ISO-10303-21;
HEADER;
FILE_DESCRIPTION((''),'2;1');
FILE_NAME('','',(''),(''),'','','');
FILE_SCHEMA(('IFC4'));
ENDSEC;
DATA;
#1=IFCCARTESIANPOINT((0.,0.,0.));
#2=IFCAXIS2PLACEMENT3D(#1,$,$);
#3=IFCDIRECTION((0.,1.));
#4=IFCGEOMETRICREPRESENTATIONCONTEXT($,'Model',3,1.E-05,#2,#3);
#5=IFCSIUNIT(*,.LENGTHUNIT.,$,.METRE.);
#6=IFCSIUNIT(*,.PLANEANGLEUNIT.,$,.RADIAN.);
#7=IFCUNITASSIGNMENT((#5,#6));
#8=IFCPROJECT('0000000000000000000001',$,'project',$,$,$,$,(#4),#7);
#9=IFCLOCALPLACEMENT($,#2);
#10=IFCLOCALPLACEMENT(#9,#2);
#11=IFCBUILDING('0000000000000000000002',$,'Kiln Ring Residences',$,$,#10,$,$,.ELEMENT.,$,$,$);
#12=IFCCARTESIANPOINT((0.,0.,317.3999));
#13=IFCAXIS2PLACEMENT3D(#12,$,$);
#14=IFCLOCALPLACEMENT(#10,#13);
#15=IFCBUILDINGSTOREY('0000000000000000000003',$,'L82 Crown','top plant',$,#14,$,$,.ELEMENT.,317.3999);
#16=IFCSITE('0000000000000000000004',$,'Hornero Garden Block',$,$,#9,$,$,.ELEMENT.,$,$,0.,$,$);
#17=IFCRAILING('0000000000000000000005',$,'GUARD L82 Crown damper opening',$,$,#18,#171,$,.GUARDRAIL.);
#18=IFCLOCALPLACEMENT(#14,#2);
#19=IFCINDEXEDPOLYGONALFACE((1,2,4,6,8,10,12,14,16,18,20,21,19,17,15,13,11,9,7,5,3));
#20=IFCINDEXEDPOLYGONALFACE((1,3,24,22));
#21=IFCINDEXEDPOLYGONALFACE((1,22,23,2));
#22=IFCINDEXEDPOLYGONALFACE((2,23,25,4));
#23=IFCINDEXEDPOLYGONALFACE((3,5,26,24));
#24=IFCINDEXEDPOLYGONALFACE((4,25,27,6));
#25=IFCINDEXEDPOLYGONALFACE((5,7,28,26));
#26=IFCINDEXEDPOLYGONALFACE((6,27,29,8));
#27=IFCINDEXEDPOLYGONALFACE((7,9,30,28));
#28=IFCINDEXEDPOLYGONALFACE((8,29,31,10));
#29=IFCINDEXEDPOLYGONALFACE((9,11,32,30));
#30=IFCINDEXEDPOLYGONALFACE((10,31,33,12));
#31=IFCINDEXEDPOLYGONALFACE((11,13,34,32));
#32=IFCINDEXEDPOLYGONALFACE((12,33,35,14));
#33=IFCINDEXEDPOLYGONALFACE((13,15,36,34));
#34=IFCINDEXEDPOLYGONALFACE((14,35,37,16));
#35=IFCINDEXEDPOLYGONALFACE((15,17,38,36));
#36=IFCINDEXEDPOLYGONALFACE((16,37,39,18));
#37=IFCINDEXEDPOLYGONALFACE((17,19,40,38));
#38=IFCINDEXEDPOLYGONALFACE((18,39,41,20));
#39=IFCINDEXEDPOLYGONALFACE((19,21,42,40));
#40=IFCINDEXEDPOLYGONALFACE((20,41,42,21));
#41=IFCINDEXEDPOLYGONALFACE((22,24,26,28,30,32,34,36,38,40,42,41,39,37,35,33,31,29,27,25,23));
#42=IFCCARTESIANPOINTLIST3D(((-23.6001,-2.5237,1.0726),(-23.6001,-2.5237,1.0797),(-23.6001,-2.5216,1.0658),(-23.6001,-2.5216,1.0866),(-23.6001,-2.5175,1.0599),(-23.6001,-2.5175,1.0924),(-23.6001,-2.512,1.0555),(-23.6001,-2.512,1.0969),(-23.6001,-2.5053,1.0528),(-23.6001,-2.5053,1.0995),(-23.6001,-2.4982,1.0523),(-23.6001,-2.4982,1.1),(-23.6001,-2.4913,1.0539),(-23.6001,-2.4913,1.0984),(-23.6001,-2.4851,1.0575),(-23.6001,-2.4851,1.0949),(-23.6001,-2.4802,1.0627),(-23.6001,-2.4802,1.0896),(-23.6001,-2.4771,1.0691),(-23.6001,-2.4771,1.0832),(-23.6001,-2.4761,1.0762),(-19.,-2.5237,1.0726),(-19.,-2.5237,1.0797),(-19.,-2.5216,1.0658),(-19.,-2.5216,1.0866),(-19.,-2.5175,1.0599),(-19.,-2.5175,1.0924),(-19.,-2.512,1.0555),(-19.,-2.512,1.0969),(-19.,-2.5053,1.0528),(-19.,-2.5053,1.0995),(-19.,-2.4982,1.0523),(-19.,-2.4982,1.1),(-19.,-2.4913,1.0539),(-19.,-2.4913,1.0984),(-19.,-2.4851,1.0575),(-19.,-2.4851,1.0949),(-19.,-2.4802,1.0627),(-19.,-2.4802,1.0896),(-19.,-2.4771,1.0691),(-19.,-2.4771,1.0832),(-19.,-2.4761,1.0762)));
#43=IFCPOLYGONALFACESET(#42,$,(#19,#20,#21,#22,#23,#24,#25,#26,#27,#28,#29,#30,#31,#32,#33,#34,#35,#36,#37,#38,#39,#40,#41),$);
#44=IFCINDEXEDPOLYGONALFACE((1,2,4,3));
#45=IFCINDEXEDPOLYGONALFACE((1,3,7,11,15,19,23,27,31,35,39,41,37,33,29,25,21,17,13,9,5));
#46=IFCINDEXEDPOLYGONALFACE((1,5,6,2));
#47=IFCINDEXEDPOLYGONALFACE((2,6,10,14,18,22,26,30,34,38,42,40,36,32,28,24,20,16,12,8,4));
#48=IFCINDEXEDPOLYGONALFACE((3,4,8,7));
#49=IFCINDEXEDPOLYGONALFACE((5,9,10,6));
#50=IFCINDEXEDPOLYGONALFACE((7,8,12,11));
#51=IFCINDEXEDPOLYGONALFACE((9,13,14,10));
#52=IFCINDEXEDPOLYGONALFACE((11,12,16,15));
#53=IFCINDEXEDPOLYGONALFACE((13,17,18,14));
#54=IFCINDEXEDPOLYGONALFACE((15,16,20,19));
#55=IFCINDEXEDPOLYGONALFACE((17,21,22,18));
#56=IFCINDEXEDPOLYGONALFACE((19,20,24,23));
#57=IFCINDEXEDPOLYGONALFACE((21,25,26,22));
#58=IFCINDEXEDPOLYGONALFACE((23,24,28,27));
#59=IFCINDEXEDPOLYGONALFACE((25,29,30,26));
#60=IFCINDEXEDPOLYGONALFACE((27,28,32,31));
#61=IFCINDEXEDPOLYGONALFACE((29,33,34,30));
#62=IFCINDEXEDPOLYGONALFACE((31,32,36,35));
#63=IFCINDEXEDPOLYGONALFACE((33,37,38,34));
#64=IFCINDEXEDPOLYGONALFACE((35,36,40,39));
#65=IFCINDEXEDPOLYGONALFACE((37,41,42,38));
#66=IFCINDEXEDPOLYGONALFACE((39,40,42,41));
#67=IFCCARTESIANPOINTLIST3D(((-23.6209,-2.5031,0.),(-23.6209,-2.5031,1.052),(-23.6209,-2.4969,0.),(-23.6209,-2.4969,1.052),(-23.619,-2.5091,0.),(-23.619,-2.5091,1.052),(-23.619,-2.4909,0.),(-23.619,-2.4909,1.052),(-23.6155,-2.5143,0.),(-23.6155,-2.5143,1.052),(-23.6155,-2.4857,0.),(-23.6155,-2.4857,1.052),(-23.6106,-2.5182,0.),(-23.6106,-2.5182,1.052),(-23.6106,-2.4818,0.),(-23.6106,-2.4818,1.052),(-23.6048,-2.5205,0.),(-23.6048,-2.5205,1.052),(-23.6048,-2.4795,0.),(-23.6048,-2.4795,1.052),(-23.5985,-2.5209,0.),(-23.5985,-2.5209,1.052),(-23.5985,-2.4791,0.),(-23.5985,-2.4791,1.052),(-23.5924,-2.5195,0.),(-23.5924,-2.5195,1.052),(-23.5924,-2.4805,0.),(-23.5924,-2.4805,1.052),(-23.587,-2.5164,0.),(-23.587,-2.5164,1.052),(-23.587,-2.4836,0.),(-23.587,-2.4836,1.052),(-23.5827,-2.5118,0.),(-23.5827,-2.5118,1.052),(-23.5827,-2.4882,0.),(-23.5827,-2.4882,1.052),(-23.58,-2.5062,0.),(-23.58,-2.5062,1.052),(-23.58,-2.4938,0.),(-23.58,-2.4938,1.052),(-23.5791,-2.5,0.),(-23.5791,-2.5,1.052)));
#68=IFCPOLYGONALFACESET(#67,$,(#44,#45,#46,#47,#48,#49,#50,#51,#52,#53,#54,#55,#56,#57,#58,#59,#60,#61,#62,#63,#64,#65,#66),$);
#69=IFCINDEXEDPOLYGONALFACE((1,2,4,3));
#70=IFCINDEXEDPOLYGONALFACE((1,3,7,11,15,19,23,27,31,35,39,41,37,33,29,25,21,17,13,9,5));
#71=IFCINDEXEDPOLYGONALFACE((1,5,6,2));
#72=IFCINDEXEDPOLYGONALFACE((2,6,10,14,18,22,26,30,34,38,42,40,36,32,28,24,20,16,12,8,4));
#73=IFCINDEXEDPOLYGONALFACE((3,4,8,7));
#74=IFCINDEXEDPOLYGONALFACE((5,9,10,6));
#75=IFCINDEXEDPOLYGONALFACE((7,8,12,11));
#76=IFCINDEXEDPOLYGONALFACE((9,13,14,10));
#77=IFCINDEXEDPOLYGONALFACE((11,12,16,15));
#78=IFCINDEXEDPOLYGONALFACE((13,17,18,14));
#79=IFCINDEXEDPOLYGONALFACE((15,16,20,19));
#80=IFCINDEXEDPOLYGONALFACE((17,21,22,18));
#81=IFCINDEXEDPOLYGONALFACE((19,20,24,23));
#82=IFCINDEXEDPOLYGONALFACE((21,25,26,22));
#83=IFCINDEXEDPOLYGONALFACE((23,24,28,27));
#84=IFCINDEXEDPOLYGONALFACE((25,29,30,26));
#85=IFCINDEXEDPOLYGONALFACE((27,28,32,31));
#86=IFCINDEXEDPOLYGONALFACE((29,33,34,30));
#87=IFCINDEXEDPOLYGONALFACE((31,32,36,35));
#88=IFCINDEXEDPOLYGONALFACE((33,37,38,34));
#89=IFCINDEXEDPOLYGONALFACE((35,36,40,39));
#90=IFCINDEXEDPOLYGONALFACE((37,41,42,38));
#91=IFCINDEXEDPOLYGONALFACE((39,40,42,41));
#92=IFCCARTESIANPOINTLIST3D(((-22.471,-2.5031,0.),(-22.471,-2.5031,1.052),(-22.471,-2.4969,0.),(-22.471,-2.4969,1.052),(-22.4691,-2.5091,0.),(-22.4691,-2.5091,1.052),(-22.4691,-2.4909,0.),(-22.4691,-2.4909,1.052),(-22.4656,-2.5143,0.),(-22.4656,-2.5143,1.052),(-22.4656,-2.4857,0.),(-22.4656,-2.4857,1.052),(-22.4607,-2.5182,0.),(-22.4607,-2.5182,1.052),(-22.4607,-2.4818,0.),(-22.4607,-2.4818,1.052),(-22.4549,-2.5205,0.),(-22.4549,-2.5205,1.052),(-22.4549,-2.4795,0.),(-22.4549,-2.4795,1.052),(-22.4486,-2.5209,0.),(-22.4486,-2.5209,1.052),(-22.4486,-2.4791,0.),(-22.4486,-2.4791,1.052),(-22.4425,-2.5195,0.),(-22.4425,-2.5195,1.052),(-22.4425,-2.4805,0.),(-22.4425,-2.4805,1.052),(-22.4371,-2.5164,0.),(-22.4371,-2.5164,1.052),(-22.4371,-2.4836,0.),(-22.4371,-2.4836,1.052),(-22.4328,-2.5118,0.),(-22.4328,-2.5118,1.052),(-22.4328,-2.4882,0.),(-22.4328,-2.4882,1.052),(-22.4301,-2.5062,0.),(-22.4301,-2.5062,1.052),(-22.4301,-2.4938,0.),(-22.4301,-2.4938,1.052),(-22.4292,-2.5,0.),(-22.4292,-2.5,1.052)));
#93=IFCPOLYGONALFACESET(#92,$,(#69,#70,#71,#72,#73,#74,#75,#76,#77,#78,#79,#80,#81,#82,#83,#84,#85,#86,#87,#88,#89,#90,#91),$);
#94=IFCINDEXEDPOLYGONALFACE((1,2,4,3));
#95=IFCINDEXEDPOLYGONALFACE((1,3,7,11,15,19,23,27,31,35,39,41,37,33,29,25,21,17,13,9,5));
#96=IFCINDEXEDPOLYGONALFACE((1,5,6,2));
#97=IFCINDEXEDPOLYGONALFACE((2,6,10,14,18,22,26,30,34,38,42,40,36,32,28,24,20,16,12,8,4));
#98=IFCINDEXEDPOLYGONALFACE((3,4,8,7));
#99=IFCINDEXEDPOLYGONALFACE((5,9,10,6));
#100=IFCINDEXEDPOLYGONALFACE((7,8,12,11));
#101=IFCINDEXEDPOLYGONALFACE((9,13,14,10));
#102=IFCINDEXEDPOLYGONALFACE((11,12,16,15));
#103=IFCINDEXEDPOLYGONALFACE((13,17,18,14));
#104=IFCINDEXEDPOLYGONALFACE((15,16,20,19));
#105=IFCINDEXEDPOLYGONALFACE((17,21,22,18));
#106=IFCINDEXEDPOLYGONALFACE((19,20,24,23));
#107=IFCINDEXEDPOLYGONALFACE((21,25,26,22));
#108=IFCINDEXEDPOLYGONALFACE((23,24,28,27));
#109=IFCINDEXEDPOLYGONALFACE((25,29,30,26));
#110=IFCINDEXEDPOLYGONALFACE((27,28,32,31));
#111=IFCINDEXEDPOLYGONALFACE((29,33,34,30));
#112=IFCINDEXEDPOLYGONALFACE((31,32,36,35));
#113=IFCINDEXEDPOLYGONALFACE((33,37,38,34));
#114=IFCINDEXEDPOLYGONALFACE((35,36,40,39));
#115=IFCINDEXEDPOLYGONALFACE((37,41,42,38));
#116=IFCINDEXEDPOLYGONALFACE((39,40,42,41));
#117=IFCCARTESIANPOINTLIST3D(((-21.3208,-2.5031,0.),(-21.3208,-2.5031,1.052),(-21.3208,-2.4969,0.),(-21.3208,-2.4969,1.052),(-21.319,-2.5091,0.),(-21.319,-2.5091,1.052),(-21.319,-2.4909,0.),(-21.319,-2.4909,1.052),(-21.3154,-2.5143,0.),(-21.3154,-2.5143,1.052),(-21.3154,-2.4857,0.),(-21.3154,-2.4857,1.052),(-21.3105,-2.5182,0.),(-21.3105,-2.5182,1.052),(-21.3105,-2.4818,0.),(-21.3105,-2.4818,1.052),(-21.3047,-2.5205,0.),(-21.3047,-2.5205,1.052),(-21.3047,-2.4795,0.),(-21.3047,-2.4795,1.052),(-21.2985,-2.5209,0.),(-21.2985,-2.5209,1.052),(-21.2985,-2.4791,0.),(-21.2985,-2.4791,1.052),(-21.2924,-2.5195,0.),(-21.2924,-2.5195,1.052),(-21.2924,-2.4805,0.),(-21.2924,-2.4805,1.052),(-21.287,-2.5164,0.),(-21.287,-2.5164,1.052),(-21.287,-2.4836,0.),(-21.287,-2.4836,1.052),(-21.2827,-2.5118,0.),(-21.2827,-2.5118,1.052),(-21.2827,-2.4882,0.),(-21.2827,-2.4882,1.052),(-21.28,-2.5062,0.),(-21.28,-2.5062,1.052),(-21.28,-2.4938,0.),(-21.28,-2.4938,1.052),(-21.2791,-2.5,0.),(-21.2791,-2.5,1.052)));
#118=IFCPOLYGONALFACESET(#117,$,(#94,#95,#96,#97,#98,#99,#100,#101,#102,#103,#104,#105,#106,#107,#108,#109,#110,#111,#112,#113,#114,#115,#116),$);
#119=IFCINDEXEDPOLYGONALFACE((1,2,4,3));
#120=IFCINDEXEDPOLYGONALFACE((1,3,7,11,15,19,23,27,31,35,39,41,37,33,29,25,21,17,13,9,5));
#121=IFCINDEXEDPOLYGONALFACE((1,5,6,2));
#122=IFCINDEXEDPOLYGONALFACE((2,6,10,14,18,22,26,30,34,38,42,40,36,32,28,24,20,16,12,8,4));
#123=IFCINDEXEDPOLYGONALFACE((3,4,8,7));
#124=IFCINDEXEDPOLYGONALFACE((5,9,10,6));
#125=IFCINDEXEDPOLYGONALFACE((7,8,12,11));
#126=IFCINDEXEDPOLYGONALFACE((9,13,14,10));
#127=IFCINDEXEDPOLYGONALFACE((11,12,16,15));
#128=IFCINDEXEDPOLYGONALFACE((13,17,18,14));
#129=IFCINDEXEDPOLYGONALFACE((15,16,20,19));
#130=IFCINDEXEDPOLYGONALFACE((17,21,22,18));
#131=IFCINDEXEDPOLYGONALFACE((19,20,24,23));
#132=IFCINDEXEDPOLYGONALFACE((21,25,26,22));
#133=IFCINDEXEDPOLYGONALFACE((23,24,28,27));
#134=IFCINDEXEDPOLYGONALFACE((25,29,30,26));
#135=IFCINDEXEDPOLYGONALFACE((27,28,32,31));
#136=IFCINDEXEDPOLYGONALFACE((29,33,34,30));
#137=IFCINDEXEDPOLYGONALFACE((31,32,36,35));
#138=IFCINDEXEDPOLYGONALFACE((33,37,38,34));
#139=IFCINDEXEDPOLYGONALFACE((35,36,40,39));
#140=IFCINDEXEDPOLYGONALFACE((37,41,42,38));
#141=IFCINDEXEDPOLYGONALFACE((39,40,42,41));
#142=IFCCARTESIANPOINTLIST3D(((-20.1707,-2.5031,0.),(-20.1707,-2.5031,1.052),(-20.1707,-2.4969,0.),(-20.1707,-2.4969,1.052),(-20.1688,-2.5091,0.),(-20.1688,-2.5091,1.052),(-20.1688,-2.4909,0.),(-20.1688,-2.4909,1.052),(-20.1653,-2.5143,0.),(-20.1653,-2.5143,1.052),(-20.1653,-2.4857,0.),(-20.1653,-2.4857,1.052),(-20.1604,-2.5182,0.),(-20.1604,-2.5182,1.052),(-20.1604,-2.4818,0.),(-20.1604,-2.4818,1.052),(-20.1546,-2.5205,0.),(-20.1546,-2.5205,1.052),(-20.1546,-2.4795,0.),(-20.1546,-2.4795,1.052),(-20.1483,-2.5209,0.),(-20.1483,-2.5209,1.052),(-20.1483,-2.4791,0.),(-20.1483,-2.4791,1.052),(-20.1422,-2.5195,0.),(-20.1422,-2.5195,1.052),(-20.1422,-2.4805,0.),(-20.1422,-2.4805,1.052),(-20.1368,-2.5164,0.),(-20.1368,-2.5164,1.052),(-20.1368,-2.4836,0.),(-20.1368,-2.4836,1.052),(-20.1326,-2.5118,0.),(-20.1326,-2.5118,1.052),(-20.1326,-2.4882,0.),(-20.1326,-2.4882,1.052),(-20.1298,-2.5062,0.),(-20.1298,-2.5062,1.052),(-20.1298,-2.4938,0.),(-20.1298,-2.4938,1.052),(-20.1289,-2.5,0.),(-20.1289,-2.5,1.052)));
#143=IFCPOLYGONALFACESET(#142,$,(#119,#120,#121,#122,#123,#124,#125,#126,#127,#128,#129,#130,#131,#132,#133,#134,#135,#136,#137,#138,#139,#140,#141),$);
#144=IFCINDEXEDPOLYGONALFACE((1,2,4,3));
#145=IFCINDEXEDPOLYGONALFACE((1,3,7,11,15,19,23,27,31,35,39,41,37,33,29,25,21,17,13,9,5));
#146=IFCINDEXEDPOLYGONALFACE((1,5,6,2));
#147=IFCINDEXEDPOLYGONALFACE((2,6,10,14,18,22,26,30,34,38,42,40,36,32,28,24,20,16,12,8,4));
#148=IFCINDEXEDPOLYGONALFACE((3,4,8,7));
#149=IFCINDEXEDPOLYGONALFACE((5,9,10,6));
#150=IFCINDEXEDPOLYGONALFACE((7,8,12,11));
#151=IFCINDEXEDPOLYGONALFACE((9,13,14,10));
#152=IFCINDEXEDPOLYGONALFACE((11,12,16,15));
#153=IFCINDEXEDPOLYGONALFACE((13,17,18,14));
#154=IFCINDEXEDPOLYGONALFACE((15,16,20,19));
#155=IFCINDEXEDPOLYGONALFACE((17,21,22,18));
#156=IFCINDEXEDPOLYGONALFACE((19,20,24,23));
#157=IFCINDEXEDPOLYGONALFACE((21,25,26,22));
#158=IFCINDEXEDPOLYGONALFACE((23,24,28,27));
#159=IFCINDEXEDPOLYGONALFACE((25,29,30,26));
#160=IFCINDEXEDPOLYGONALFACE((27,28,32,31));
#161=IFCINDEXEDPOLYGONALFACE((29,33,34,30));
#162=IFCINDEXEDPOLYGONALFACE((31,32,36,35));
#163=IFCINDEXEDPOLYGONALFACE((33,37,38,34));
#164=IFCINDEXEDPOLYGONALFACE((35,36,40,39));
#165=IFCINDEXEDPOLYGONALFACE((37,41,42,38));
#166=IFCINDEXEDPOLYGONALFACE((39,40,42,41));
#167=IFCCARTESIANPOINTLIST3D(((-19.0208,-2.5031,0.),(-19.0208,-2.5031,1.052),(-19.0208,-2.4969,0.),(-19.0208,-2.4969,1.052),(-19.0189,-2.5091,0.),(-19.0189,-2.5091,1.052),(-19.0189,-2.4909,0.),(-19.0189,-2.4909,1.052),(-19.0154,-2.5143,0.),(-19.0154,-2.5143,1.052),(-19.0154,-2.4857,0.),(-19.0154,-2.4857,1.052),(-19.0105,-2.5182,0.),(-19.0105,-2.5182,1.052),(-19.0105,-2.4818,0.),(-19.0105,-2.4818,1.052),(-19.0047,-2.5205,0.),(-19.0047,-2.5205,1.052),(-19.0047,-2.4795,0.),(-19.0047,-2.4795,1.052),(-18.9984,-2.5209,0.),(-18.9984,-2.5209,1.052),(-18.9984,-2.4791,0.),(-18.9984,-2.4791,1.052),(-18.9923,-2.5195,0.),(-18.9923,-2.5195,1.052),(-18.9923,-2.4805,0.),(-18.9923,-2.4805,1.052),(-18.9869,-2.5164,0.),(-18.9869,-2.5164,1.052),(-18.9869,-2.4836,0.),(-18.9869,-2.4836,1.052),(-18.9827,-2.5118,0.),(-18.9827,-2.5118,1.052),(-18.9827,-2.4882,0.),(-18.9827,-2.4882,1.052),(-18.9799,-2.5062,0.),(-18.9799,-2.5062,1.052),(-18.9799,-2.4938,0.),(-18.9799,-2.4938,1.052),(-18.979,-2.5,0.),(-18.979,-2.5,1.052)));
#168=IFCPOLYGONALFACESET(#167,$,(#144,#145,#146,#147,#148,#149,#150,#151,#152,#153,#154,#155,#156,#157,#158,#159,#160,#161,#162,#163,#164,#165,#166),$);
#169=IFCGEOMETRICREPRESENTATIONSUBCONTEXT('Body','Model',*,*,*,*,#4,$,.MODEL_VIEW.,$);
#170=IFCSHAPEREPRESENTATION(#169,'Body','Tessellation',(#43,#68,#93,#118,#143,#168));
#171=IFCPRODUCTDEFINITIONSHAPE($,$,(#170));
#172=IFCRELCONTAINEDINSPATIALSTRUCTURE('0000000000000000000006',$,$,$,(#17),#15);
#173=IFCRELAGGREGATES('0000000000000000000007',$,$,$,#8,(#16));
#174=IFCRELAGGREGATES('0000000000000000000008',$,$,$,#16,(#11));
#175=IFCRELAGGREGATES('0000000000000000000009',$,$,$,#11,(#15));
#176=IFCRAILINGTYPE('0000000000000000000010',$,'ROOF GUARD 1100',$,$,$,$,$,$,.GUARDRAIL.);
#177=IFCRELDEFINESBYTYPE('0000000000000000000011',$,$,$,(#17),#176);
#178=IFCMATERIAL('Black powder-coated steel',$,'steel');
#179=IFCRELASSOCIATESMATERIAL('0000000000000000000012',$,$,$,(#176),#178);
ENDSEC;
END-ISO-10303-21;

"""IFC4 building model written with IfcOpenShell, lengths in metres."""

from ifc_helpers import new_model, si_unit, direction, frame, origin, origin_2d, place, context, subcontext, project, spatial, circle, extrude, material, type_object, element, save


model = new_model("IFC4")

# Units and contexts
model_context = context("Model", 3, precision=1e-05, world=origin(), true_north=direction((0.0, 1.0)))
body_context = subcontext(model_context, "Body", "Model", "MODEL_VIEW")
ifc_project = project(units=[si_unit("LENGTHUNIT", "METRE"), si_unit("PLANEANGLEUNIT", "RADIAN")], contexts=[model_context])

# Site, building, storey
site_placement = place(None, origin())
site = spatial("IfcSite", under=ifc_project, at=site_placement, Name="Hornero Garden Block", CompositionType="ELEMENT", RefElevation=0.0)
building_placement = place(site_placement, origin())
building = spatial("IfcBuilding", under=site, at=building_placement, Name="Kiln Ring Residences", CompositionType="ELEMENT")
storey_placement = place(building_placement, frame((0.0, 0.0, 317.3999)))
storey = spatial("IfcBuildingStorey", under=building, at=storey_placement, Name="L82 Crown", Description="top plant", CompositionType="ELEMENT", Elevation=317.3999)

# Railing
ifc_material_1 = material(Name="Black powder-coated steel", Category="steel")
railing_type_1 = type_object("IfcRailingType", Name="ROOF GUARD 1100", PredefinedType="GUARDRAIL", material=ifc_material_1)
railing_1_placement = place(storey_placement, frame((-23.6001, -2.5, 0.0)))
element("IfcRailing", 1, at=railing_1_placement, inside=storey, type_object=railing_type_1, Name="GUARD L82 Crown damper opening", PredefinedType="GUARDRAIL", context=body_context, shape_type="SweptSolid", body=[
    extrude(circle(Radius=0.0239, at=origin_2d()), frame((0.0, 0.0, 1.0762), z_axis=(1.0, 0.0, 0.0), x_axis=(0.0, 1.0, 0.0)), (0.0, 0.0, 1.0), 4.6001),
    extrude(circle(Radius=0.021, at=origin_2d()), origin(), (0.0, 0.0, 1.0), 1.052),
    extrude(circle(Radius=0.021, at=origin_2d()), frame((1.1499, 0.0, 0.0)), (0.0, 0.0, 1.0), 1.052),
    extrude(circle(Radius=0.021, at=origin_2d()), frame((2.3, 0.0, 0.0)), (0.0, 0.0, 1.0), 1.052),
    extrude(circle(Radius=0.021, at=origin_2d()), frame((3.4502, 0.0, 0.0)), (0.0, 0.0, 1.0), 1.052),
    extrude(circle(Radius=0.021, at=origin_2d()), frame((4.6001, 0.0, 0.0)), (0.0, 0.0, 1.0), 1.052),
])

save(model, "model.ifc")
